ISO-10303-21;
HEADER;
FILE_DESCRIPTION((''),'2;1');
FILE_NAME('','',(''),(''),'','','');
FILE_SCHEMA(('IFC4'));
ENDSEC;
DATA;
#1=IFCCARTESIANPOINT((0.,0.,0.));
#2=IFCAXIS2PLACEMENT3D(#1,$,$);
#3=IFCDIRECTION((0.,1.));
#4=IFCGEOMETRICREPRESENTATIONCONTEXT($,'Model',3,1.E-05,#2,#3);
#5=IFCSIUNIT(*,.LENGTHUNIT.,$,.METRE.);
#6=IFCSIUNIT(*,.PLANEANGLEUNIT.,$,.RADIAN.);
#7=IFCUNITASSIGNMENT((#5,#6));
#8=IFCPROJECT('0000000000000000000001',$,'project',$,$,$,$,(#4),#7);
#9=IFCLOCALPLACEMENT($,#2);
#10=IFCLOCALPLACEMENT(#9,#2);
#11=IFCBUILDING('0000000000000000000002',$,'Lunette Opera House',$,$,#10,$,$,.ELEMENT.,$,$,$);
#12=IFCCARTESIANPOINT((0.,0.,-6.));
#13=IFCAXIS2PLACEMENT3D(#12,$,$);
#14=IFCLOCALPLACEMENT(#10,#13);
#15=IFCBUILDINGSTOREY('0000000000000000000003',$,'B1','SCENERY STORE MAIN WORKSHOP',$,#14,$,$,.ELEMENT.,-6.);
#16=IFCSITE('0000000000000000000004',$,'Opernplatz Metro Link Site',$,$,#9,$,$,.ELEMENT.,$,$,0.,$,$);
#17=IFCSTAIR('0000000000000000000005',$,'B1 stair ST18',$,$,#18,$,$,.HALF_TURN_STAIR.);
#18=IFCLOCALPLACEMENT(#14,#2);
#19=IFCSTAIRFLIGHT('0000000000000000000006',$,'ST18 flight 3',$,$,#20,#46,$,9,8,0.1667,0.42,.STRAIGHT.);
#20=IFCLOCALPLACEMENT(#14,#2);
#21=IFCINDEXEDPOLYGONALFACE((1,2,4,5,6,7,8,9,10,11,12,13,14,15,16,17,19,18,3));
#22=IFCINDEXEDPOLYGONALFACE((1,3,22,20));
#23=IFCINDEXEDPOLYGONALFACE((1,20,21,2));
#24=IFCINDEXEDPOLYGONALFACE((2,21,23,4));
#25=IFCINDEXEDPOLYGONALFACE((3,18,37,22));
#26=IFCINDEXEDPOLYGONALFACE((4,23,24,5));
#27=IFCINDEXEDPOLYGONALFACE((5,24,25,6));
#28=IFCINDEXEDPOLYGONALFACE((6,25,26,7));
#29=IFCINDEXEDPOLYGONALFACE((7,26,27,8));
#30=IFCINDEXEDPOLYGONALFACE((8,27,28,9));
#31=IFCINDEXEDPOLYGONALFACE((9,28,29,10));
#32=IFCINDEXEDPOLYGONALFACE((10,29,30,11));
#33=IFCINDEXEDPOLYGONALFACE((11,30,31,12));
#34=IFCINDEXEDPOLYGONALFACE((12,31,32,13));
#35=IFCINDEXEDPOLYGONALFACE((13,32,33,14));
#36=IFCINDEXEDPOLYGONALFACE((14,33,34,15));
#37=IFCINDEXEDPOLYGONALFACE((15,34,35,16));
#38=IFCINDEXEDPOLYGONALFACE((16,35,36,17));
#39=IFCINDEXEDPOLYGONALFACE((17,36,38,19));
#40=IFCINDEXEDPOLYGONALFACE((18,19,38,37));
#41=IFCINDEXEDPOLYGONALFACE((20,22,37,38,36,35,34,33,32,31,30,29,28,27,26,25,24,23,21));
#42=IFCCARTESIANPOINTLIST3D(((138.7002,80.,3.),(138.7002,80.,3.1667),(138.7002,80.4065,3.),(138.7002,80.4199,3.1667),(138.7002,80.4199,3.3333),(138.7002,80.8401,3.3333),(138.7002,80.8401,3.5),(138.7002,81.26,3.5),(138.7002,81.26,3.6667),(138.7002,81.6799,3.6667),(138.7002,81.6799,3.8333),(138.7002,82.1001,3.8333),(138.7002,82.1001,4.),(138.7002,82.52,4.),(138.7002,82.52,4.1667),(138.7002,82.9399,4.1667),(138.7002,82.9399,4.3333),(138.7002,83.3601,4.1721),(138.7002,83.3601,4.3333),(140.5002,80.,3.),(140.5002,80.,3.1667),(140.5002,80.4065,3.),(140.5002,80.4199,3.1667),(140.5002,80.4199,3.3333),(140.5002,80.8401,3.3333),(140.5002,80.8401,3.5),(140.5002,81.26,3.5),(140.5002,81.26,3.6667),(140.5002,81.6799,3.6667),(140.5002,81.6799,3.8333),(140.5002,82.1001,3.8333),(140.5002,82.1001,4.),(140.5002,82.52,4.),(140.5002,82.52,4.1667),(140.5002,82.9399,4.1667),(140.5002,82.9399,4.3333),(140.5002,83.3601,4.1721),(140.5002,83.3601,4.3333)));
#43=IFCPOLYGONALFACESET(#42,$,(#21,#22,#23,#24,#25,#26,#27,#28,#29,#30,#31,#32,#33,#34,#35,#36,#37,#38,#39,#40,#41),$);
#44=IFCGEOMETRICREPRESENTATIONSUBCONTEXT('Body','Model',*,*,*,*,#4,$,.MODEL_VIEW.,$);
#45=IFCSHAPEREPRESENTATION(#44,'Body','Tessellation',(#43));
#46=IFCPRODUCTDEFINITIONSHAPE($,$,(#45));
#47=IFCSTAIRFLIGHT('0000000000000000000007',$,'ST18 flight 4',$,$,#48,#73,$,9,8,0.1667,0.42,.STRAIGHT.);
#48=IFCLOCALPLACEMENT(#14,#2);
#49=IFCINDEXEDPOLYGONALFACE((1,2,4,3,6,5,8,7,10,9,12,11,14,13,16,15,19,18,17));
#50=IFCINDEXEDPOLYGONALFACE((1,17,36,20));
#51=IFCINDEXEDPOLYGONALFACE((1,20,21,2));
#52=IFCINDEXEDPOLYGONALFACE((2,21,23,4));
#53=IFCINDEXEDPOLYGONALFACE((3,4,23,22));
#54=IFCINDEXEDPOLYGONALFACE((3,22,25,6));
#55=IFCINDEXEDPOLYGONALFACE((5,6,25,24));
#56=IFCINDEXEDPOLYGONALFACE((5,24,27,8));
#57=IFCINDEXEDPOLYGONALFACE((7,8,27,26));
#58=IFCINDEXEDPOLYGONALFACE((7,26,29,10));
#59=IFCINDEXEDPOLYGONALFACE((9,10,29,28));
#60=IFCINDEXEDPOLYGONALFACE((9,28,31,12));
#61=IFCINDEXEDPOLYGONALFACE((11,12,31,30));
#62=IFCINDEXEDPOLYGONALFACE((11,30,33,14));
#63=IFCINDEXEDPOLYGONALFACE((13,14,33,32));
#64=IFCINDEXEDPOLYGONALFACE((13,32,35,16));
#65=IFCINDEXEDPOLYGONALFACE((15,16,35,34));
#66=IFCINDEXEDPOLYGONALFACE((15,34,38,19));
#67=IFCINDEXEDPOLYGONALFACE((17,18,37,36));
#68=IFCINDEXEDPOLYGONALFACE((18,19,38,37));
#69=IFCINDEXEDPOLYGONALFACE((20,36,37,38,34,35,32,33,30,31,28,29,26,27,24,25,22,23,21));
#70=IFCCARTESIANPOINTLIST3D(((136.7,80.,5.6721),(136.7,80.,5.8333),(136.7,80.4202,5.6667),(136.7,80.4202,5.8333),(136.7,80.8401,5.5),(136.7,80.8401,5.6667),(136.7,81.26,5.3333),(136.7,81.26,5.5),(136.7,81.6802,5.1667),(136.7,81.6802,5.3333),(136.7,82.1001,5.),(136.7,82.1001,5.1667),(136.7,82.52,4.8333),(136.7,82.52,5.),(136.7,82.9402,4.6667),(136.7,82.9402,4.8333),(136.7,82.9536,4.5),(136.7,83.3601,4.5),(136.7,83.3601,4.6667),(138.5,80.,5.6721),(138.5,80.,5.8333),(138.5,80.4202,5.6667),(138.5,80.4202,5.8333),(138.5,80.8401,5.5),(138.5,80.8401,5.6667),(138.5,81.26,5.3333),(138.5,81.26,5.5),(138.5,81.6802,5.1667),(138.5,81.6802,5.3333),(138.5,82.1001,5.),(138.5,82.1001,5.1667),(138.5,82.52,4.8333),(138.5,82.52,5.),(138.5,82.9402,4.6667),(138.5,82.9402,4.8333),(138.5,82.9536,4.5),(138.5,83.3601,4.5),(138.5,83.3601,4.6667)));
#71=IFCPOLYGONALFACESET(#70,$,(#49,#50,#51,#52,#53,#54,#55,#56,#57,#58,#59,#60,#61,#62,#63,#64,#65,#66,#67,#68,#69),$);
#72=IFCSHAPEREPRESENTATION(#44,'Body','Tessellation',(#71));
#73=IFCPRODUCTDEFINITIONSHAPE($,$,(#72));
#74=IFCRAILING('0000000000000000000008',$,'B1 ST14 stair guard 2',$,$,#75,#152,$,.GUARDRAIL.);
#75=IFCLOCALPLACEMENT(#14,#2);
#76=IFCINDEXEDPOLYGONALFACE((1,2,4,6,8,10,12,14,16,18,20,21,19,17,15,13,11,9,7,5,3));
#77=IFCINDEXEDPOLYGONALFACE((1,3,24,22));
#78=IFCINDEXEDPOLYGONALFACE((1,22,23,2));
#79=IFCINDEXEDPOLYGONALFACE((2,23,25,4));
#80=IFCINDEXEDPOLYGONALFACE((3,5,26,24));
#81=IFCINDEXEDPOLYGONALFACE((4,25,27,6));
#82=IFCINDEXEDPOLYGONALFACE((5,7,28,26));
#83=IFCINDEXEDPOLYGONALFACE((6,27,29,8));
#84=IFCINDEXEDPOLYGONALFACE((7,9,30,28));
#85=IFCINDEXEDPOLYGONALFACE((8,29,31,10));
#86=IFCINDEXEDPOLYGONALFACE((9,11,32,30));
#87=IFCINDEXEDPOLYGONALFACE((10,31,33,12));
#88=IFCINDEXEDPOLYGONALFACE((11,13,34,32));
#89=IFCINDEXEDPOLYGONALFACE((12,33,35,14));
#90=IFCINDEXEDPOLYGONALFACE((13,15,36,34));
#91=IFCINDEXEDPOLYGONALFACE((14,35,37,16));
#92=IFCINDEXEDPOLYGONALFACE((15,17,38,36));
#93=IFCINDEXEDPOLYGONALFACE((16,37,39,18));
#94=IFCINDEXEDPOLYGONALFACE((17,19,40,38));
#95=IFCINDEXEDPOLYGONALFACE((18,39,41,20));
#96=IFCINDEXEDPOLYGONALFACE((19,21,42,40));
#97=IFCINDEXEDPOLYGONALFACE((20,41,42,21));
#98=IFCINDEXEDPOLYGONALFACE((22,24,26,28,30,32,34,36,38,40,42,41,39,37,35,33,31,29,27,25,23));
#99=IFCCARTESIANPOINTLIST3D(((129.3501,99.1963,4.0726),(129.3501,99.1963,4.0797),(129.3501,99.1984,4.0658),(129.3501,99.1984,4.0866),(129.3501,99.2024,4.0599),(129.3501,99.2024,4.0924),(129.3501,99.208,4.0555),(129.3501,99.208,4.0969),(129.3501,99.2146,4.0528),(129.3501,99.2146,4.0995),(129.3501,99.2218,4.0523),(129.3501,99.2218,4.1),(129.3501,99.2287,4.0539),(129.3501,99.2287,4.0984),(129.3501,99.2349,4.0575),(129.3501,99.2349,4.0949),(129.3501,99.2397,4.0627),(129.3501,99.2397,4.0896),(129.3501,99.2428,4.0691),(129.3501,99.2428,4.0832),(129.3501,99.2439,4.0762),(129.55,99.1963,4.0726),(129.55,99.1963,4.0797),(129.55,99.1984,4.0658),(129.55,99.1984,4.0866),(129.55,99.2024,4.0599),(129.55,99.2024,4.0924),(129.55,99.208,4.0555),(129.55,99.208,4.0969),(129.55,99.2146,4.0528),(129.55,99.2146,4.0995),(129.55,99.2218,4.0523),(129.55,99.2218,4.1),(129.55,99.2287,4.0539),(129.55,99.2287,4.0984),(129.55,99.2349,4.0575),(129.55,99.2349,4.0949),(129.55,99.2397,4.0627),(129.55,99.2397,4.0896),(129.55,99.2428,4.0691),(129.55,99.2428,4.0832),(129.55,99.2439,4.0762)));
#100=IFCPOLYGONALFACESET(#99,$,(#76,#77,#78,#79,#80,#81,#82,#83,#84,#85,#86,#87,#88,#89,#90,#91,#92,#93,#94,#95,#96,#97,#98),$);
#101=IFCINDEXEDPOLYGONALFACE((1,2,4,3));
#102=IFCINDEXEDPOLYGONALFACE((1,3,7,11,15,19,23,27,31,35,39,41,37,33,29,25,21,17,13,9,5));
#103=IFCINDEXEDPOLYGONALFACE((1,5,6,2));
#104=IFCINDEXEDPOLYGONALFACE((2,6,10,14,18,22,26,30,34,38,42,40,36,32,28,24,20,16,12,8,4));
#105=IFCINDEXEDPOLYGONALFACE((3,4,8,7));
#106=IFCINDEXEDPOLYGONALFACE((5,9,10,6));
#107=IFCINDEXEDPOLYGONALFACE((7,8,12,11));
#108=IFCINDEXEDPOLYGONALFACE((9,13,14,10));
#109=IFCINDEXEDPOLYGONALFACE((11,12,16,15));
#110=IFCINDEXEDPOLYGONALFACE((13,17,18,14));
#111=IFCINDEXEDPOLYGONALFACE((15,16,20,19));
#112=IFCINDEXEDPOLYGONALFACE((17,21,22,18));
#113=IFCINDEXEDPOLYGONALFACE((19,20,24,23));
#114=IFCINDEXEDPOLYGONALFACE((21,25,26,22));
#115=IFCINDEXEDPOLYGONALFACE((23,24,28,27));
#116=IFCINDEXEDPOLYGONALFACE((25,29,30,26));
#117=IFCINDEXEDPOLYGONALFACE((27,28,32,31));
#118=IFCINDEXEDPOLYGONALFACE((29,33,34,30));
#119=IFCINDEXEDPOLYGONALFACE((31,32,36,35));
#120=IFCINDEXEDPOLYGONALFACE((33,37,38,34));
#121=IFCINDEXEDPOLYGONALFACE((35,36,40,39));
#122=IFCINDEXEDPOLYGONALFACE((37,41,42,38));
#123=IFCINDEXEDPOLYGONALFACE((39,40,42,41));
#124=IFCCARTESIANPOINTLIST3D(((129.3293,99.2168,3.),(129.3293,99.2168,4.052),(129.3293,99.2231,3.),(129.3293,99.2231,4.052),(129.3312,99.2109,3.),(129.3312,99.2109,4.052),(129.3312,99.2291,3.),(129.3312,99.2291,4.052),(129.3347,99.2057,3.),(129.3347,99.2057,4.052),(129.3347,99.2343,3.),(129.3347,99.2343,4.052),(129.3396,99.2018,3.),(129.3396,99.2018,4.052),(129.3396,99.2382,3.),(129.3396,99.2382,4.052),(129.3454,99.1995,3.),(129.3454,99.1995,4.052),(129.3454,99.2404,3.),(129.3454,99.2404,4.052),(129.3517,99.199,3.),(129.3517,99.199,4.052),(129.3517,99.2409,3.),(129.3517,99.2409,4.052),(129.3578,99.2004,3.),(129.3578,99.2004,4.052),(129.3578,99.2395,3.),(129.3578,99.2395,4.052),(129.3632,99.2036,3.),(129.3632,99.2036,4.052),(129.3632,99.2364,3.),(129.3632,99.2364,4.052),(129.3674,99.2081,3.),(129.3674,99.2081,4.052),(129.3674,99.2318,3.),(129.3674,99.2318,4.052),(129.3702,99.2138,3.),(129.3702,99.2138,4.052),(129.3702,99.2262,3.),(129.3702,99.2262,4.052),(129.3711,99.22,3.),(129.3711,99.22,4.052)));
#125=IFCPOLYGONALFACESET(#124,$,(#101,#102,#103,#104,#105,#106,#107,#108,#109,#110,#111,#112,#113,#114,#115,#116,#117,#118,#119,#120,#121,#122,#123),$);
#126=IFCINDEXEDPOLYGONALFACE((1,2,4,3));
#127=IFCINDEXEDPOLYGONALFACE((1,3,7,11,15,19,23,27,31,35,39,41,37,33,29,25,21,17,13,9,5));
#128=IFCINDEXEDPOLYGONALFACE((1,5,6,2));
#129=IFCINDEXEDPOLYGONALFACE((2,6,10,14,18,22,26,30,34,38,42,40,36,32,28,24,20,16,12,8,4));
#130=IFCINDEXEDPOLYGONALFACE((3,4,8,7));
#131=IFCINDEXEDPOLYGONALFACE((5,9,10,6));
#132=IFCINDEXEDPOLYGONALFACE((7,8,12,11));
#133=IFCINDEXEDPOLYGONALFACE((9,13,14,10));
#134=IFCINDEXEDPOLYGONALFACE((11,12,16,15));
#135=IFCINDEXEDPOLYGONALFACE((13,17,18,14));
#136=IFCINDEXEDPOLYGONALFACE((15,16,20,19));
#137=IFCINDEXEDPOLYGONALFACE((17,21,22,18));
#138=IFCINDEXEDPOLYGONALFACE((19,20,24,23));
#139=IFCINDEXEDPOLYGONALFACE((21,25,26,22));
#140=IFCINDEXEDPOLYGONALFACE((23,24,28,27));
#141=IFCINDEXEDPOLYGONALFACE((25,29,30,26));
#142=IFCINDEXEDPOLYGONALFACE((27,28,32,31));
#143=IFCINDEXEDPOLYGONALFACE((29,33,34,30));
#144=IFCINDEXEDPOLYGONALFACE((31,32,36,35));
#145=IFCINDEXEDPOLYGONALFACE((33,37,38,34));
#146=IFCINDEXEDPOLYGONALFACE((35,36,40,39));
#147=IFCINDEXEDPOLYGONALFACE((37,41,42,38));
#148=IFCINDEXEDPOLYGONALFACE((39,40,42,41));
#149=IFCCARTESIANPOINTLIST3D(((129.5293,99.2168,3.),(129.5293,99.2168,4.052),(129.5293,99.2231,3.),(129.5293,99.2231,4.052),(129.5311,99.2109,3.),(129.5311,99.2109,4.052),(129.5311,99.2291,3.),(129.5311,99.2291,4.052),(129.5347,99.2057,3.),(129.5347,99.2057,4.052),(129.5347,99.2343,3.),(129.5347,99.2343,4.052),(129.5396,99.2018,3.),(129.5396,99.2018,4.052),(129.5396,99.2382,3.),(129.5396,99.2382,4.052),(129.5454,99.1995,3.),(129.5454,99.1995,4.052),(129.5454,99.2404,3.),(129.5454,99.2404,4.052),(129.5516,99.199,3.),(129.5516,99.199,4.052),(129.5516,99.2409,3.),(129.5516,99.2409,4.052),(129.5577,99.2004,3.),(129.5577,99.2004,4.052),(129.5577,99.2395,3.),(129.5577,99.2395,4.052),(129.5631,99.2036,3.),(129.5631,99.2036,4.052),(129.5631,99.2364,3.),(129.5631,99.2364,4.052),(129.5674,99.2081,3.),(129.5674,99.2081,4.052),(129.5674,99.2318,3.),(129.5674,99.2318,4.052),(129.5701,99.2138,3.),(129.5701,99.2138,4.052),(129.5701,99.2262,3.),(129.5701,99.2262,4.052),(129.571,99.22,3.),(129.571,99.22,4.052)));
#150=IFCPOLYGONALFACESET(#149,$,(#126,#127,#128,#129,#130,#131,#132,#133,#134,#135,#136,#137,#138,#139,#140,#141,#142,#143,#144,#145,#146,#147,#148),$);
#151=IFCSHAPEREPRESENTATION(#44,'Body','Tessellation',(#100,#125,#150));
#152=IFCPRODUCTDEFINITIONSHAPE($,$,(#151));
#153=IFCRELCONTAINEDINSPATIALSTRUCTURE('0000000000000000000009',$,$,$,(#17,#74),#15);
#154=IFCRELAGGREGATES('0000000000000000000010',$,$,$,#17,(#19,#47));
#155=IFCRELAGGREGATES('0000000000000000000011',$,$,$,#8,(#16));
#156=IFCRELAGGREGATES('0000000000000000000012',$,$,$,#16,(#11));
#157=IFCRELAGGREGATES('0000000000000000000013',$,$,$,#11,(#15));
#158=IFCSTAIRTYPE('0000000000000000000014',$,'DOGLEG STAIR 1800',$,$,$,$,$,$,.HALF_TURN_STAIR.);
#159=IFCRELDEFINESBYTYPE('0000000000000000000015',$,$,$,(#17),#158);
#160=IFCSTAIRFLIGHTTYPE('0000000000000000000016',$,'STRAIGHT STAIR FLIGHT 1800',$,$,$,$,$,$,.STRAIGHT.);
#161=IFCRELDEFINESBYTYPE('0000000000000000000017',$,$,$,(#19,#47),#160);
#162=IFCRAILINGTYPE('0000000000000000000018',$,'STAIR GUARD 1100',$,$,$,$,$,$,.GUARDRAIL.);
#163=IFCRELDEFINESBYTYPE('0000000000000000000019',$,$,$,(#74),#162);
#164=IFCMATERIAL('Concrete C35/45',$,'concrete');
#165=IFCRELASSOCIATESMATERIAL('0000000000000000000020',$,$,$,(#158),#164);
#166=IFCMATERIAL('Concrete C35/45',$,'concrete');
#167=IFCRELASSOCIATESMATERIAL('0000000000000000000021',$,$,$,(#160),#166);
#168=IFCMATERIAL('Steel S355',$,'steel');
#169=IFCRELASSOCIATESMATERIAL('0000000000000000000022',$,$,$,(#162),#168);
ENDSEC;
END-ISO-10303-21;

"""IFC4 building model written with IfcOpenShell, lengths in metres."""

from ifc_helpers import new_model, si_unit, direction, frame, origin, origin_2d, place, context, subcontext, project, spatial, polyline, circle, outline, extrude, material, type_object, element, aggregate, save


model = new_model("IFC4")

# Units and contexts
model_context = context("Model", 3, precision=1e-05, world=origin(), true_north=direction((0.0, 1.0)))
body_context = subcontext(model_context, "Body", "Model", "MODEL_VIEW")
ifc_project = project(units=[si_unit("LENGTHUNIT", "METRE"), si_unit("PLANEANGLEUNIT", "RADIAN")], contexts=[model_context])

# Site, building, storey
site_placement = place(None, origin())
site = spatial("IfcSite", under=ifc_project, at=site_placement, Name="Opernplatz Metro Link Site", CompositionType="ELEMENT", RefElevation=0.0)
building_placement = place(site_placement, origin())
building = spatial("IfcBuilding", under=site, at=building_placement, Name="Lunette Opera House", CompositionType="ELEMENT")
storey_placement = place(building_placement, frame((0.0, 0.0, -6.0)))
storey = spatial("IfcBuildingStorey", under=building, at=storey_placement, Name="B1", Description="SCENERY STORE MAIN WORKSHOP", CompositionType="ELEMENT", Elevation=-6.0)

# Stair, stair flights
ifc_material_1 = material(Name="Concrete C35/45", Category="concrete")
stair_type_1 = type_object("IfcStairType", Name="DOGLEG STAIR 1800", PredefinedType="HALF_TURN_STAIR", material=ifc_material_1)
stair_1_placement = place(storey_placement, origin())
stair_1 = element("IfcStair", 1, at=stair_1_placement, inside=storey, type_object=stair_type_1, Name="B1 stair ST18", PredefinedType="HALF_TURN_STAIR")
ifc_material_2 = material(Name="Concrete C35/45", Category="concrete")
stair_flight_type_1 = type_object("IfcStairFlightType", Name="STRAIGHT STAIR FLIGHT 1800", PredefinedType="STRAIGHT", material=ifc_material_2)
stair_flight_1_placement = place(storey_placement, frame((139.6001, 80.0, 3.0), z_axis=(0.0, 0.0, 1.0), x_axis=(0.0, 1.0, 0.0)))
stair_flight_1 = element("IfcStairFlight", 2, at=stair_flight_1_placement, type_object=stair_flight_type_1, Name="ST18 flight 3", NumberOfRisers=9, NumberOfTreads=8, PredefinedType="STRAIGHT", RiserHeight=0.1667, TreadLength=0.42, context=body_context, shape_type="SweptSolid", body=[
    extrude(outline(polyline([(0.0, 0.0), (0.0, 0.1667), (0.4199, 0.1667), (0.4199, 0.3333), (0.8401, 0.3333), (0.8401, 0.5), (1.26, 0.5), (1.26, 0.6667), (1.6799, 0.6667), (1.6799, 0.8333), (2.1001, 0.8333), (2.1001, 1.0), (2.52, 1.0), (2.52, 1.1667), (2.9399, 1.1667), (2.9399, 1.3333), (3.3601, 1.3333), (3.3601, 1.5), (3.3601, 1.1721), (0.4065, 0.0), (0.0, 0.0)])), frame((0.0, 0.8999, 0.0), z_axis=(0.0, -1.0, 0.0), x_axis=(1.0, 0.0, 0.0)), (0.0, 0.0, 1.0), 1.8),
])
stair_flight_2_placement = place(storey_placement, frame((137.6001, 83.3601, 4.5), z_axis=(0.0, 0.0, 1.0), x_axis=(0.0, -1.0, 0.0)))
stair_flight_2 = element("IfcStairFlight", 3, at=stair_flight_2_placement, type_object=stair_flight_type_1, Name="ST18 flight 4", NumberOfRisers=9, NumberOfTreads=8, PredefinedType="STRAIGHT", RiserHeight=0.1667, TreadLength=0.42, context=body_context, shape_type="SweptSolid", body=[
    extrude(outline(polyline([(0.0, 0.0), (0.0, 0.1667), (0.4199, 0.1667), (0.4199, 0.3333), (0.8401, 0.3333), (0.8401, 0.5), (1.26, 0.5), (1.26, 0.6667), (1.6799, 0.6667), (1.6799, 0.8333), (2.1001, 0.8333), (2.1001, 1.0), (2.52, 1.0), (2.52, 1.1667), (2.9399, 1.1667), (2.9399, 1.3333), (3.3601, 1.3333), (3.3601, 1.5), (3.3601, 1.1721), (0.4065, 0.0), (0.0, 0.0)])), frame((0.0, 0.8999, 0.0), z_axis=(0.0, -1.0, 0.0), x_axis=(1.0, 0.0, 0.0)), (0.0, 0.0, 1.0), 1.8),
])
aggregate(stair_1, [stair_flight_1, stair_flight_2])

# Railing
ifc_material_3 = material(Name="Steel S355", Category="steel")
railing_type_1 = type_object("IfcRailingType", Name="STAIR GUARD 1100", PredefinedType="GUARDRAIL", material=ifc_material_3)
railing_1_placement = place(storey_placement, frame((129.3501, 99.22, 3.0)))
element("IfcRailing", 4, at=railing_1_placement, inside=storey, type_object=railing_type_1, Name="B1 ST14 stair guard 2", PredefinedType="GUARDRAIL", context=body_context, shape_type="SweptSolid", body=[
    extrude(circle(Radius=0.0239, at=origin_2d()), frame((0.0, 0.0, 1.0762), z_axis=(1.0, 0.0, 0.0), x_axis=(0.0, 1.0, 0.0)), (0.0, 0.0, 1.0), 0.2),
    extrude(circle(Radius=0.021, at=origin_2d()), origin(), (0.0, 0.0, 1.0), 1.052),
    extrude(circle(Radius=0.021, at=origin_2d()), frame((0.2, 0.0, 0.0)), (0.0, 0.0, 1.0), 1.052),
])

save(model, "model.ifc")
